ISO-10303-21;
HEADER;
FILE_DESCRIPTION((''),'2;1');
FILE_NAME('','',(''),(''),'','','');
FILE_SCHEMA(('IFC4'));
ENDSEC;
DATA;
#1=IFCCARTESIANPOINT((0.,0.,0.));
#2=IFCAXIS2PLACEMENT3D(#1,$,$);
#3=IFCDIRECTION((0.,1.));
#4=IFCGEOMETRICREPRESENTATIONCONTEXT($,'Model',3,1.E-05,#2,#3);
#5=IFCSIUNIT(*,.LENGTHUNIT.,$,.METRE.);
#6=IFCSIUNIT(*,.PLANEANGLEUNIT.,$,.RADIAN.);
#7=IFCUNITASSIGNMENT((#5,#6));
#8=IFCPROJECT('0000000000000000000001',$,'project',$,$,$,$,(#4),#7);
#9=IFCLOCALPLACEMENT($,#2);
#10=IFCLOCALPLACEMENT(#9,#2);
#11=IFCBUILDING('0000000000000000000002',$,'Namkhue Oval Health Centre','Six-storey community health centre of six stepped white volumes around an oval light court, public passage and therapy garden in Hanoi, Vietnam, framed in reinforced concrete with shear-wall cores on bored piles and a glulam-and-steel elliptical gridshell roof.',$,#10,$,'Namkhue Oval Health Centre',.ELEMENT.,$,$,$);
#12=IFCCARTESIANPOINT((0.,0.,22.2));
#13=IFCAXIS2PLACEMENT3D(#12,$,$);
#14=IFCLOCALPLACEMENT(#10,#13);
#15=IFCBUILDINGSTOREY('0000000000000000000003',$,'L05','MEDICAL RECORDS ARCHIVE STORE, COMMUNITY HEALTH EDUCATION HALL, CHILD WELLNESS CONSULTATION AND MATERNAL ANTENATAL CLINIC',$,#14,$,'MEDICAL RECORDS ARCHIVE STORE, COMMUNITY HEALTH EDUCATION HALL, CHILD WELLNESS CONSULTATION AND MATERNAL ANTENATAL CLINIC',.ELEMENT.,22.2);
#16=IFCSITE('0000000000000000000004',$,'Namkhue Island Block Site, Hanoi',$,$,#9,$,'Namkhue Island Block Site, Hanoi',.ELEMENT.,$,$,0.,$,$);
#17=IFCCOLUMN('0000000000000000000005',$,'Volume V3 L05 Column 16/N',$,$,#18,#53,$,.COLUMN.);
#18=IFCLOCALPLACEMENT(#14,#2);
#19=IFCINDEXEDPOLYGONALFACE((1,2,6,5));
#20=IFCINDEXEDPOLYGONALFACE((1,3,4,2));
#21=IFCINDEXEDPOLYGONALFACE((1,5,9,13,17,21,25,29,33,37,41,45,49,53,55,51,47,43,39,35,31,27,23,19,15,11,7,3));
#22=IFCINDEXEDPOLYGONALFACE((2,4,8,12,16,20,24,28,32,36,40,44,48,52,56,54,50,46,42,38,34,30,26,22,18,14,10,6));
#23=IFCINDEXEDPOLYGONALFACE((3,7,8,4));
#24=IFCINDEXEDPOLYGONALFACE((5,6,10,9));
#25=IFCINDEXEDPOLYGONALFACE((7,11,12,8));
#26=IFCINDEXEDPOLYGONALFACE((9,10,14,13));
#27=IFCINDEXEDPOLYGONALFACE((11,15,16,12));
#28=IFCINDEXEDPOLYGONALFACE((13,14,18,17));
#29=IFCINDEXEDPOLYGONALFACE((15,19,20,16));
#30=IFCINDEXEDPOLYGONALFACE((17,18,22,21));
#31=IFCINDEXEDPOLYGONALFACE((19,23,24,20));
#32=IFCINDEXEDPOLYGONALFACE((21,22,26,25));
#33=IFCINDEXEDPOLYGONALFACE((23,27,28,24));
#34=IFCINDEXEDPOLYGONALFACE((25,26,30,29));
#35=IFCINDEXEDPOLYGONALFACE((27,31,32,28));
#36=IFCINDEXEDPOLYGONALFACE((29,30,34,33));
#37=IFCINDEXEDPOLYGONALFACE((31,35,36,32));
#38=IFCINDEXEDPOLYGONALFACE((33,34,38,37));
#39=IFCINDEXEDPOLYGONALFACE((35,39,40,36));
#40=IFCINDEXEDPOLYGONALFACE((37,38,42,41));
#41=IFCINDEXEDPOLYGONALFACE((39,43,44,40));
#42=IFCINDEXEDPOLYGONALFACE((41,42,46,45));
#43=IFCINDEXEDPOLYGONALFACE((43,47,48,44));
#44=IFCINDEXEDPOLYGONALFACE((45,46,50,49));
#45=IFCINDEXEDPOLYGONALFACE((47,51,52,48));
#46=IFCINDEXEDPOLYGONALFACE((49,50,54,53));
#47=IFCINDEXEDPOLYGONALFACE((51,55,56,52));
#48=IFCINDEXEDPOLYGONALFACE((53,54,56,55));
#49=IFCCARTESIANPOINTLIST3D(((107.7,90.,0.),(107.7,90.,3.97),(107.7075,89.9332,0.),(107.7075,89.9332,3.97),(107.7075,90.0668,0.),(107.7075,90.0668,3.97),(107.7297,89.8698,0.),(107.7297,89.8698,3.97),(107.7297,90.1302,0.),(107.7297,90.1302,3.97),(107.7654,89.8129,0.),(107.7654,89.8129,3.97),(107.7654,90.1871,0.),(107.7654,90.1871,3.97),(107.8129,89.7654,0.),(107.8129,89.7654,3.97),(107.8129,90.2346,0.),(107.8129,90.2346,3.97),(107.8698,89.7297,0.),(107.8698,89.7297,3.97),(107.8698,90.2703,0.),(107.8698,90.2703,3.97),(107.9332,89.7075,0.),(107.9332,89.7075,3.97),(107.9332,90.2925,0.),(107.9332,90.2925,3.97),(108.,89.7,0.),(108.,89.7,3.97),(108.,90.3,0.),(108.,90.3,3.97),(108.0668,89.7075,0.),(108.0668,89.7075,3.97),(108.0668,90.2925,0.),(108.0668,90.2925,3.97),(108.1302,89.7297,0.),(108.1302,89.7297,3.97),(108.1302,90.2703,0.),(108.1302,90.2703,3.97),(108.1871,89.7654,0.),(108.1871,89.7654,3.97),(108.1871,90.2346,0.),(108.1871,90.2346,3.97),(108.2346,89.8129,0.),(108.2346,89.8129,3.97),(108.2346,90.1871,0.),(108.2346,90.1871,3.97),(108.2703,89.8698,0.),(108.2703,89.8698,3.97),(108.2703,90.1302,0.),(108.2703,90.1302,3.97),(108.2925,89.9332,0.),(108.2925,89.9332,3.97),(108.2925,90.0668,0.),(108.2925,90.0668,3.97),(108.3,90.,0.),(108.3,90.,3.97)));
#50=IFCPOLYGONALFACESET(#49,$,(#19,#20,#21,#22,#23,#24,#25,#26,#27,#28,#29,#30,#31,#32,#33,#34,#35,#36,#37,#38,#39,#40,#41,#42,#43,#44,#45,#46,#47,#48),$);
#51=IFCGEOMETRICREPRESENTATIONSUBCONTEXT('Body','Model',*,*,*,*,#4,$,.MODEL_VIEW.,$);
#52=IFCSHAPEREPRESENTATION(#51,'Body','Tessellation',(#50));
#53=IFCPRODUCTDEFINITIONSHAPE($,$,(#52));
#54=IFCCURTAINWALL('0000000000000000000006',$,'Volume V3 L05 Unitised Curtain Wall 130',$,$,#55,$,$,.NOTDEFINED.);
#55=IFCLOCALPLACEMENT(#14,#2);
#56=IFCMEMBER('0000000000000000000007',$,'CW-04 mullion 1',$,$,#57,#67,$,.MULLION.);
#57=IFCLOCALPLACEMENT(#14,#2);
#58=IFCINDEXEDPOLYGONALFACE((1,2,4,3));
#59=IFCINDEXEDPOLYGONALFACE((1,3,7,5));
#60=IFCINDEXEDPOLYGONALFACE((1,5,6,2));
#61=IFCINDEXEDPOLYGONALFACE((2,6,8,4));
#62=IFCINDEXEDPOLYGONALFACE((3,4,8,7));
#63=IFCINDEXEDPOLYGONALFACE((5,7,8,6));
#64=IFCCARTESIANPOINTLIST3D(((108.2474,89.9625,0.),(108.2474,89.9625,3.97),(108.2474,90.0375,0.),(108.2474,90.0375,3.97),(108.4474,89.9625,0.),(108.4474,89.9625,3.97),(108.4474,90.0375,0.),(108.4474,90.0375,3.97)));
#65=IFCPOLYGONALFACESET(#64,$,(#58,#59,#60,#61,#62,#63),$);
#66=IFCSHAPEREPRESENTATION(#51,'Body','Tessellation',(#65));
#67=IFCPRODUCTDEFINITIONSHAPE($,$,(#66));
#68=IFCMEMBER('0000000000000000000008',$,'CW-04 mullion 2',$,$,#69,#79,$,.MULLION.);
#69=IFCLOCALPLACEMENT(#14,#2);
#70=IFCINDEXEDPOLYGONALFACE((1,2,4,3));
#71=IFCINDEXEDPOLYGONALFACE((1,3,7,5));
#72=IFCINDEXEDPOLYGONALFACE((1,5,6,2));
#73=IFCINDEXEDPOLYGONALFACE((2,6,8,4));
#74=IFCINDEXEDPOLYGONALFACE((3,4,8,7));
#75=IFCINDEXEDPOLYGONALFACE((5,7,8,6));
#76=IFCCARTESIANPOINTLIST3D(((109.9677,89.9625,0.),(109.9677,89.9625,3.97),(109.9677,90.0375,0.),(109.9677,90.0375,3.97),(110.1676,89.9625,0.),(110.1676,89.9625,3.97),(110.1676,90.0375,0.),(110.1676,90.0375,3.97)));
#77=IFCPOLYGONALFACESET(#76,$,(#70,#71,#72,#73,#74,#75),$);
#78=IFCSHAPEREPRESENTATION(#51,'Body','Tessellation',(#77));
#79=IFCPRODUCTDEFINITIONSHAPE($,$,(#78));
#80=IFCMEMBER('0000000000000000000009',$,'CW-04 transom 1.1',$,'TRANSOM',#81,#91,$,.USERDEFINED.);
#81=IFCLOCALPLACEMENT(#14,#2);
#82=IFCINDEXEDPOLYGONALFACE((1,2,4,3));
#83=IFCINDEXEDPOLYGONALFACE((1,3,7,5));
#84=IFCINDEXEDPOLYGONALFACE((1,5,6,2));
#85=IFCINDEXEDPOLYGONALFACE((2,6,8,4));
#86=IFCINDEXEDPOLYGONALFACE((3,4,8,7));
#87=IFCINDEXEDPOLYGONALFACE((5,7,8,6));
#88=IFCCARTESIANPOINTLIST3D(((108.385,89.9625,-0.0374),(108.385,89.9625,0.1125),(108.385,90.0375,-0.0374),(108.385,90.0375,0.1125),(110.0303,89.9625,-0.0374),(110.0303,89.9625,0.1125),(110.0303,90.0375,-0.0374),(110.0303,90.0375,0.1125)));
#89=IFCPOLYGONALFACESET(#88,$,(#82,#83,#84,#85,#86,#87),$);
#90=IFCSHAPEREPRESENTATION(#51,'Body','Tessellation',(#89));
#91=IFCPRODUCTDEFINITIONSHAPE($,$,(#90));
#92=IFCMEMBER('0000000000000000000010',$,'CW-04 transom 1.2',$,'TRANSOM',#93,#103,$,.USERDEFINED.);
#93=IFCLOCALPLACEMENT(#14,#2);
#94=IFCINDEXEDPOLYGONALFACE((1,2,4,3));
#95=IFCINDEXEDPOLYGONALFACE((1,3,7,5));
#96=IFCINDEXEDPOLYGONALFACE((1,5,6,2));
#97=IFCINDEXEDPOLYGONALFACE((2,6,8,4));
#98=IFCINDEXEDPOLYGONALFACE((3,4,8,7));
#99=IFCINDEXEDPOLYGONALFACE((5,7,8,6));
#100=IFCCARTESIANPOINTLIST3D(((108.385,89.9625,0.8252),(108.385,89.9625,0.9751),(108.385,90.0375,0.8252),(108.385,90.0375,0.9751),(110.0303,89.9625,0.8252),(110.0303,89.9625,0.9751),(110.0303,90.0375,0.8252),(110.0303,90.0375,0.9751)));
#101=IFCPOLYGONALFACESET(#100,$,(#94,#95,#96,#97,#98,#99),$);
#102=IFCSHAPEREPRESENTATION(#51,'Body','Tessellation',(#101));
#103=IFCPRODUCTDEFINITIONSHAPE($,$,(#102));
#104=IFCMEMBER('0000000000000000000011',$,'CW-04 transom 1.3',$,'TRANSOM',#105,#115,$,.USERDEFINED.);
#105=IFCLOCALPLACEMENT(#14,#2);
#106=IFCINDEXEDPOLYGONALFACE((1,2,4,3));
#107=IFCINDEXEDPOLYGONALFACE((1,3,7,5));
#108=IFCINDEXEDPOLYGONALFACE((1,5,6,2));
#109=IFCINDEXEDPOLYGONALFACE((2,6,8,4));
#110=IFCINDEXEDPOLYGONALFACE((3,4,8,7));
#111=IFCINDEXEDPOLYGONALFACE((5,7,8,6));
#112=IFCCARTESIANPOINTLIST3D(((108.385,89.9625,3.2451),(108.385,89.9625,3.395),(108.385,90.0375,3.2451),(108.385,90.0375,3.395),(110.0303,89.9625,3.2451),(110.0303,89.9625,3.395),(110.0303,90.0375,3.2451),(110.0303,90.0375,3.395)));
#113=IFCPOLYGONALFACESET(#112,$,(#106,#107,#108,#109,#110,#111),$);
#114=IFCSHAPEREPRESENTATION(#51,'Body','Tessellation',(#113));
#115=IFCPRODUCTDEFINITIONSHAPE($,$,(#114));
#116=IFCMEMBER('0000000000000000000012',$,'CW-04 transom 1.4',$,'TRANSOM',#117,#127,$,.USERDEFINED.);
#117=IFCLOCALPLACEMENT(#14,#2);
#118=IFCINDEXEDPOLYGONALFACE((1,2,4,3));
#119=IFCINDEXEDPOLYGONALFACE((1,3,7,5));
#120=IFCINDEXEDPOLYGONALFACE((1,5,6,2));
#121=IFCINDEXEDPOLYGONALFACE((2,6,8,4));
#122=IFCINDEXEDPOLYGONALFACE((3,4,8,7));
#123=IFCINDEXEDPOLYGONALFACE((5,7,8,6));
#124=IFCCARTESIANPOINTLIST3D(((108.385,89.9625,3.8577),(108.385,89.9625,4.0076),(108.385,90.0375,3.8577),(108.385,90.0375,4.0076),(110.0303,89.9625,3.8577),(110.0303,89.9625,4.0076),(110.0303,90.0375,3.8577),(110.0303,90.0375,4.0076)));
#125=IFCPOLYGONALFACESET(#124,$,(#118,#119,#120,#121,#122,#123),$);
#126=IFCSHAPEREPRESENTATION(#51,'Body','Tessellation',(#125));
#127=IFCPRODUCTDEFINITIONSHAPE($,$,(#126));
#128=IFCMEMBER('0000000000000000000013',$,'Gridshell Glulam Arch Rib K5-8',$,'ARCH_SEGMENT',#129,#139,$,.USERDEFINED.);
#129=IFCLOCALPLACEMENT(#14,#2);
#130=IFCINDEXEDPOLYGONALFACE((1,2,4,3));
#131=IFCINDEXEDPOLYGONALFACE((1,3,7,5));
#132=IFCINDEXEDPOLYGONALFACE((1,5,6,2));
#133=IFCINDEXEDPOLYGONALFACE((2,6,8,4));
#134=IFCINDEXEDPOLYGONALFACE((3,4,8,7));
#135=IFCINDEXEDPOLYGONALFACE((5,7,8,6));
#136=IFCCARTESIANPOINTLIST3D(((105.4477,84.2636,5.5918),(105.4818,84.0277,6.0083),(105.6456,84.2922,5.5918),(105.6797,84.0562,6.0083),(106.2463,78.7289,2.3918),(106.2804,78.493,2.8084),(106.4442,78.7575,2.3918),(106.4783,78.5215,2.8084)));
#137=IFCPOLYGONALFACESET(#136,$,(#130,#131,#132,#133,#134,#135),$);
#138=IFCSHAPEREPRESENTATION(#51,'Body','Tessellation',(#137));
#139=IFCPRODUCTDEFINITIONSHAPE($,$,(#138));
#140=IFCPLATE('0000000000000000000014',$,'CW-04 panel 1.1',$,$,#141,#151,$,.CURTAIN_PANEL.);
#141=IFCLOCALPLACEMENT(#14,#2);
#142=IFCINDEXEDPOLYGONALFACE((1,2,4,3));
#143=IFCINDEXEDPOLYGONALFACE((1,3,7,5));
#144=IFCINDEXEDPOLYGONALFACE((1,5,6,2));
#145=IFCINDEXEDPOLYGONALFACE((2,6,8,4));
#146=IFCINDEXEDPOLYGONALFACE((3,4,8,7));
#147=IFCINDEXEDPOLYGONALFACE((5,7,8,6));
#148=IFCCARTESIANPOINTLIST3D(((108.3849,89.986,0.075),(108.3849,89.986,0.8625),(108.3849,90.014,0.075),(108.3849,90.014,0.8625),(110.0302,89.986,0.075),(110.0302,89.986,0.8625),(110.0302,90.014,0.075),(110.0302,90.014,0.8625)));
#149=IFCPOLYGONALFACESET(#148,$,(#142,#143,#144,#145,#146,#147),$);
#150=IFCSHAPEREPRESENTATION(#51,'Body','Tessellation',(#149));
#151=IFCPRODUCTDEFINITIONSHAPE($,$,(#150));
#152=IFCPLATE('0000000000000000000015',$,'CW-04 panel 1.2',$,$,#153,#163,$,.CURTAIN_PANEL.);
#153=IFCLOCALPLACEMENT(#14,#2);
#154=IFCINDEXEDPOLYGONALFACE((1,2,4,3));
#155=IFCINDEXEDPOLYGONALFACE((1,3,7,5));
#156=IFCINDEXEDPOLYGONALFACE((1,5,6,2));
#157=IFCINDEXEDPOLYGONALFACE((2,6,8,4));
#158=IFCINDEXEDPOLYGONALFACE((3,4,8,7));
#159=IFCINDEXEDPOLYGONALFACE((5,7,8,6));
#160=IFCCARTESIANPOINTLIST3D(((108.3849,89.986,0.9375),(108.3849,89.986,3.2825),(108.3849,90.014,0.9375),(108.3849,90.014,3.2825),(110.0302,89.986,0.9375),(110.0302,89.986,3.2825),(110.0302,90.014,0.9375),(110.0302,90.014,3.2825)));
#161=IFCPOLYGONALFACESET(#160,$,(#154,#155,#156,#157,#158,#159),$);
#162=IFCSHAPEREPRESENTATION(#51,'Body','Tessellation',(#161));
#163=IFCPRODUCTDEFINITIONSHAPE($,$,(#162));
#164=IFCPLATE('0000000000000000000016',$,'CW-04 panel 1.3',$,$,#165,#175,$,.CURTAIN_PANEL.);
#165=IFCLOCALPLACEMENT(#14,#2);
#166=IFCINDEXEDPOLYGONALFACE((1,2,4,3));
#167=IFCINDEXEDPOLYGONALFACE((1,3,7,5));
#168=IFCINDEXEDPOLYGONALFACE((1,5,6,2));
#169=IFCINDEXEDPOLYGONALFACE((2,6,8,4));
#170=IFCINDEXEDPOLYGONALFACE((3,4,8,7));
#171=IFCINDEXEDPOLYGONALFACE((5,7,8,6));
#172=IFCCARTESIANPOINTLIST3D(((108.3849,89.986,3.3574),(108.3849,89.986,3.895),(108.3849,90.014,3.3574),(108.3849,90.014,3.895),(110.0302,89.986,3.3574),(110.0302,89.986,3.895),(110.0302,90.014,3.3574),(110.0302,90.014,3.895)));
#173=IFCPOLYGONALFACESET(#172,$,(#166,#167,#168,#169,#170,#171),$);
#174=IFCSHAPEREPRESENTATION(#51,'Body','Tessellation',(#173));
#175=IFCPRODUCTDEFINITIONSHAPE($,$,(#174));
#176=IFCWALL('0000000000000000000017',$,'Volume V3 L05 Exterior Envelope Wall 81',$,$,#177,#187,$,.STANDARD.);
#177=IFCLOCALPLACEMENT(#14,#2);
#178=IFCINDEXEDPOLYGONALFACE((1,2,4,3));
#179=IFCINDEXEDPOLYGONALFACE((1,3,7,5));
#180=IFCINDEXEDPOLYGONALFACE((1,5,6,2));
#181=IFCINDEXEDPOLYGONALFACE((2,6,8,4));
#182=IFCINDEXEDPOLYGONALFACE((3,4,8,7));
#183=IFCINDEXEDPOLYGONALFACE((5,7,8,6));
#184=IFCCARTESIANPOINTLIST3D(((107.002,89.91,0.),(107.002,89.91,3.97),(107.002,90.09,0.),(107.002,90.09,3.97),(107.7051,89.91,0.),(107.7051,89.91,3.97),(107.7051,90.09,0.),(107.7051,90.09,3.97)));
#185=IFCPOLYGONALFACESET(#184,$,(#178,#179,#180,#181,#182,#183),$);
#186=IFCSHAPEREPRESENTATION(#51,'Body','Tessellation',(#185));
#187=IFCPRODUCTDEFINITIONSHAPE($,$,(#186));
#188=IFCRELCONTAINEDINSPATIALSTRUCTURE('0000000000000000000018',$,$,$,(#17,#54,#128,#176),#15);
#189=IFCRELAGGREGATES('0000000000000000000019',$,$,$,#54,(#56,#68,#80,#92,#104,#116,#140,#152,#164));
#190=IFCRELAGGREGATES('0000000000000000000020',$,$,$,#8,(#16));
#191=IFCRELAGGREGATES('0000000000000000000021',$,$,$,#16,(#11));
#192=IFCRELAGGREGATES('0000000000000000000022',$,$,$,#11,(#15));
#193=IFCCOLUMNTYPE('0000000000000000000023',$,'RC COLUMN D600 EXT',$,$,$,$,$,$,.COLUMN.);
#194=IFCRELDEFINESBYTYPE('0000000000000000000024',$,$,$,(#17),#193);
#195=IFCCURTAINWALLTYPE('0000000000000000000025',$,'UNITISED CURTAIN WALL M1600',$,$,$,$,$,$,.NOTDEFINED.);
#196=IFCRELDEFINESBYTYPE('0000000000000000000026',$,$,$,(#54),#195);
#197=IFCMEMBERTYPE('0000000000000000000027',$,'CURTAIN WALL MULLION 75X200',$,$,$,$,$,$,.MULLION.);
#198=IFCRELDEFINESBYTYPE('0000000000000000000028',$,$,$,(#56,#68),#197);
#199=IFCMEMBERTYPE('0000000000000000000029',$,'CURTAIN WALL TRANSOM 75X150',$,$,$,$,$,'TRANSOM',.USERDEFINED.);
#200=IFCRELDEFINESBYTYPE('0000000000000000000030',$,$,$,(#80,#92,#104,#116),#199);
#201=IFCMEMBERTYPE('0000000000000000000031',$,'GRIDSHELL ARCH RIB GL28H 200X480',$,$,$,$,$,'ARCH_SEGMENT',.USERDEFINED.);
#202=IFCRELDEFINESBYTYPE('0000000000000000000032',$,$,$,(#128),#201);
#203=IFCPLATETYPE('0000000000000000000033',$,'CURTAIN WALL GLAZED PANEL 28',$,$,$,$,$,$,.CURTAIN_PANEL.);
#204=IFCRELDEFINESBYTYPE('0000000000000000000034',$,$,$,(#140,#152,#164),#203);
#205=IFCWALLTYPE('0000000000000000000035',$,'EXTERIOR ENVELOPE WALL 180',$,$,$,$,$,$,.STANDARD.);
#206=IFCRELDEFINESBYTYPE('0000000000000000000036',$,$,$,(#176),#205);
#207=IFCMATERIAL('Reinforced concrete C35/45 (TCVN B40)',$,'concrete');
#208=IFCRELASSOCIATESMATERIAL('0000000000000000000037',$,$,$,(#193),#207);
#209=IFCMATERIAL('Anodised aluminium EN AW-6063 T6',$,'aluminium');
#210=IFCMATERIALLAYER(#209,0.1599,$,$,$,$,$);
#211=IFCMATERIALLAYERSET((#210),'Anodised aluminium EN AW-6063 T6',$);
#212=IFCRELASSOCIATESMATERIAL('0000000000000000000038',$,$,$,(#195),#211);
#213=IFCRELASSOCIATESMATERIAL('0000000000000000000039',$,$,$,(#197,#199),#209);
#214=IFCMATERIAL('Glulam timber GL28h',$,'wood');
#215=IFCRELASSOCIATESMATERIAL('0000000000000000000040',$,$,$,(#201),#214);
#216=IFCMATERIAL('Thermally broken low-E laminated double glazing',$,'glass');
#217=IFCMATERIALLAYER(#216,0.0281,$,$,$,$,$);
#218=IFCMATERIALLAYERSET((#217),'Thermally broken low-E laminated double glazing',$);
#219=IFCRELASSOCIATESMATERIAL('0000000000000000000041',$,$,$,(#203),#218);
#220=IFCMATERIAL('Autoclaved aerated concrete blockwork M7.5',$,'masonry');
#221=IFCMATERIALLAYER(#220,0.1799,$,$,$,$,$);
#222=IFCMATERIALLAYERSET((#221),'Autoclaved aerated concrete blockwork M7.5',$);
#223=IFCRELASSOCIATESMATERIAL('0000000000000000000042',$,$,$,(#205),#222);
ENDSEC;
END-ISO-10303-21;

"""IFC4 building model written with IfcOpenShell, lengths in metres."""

from ifc_helpers import new_model, si_unit, direction, frame, frame_2d, origin, origin_2d, place, context, subcontext, project, spatial, rectangle, circle, extrude, material, layer, layer_set, material_profile, profile_set, type_object, element, aggregate, save


model = new_model("IFC4")

# Units and contexts
model_context = context("Model", 3, precision=1e-05, world=origin(), true_north=direction((0.0, 1.0)))
body_context = subcontext(model_context, "Body", "Model", "MODEL_VIEW")
ifc_project = project(units=[si_unit("LENGTHUNIT", "METRE"), si_unit("PLANEANGLEUNIT", "RADIAN")], contexts=[model_context])

# Site, building, storey
site_placement = place(None, origin())
site = spatial("IfcSite", under=ifc_project, at=site_placement, Name="Namkhue Island Block Site, Hanoi", LongName="Namkhue Island Block Site, Hanoi", CompositionType="ELEMENT", RefElevation=0.0)
building_placement = place(site_placement, origin())
building = spatial("IfcBuilding", under=site, at=building_placement, Name="Namkhue Oval Health Centre", Description="Six-storey community health centre of six stepped white volumes around an oval light court, public passage and therapy garden in Hanoi, Vietnam, framed in reinforced concrete with shear-wall cores on bored piles and a glulam-and-steel elliptical gridshell roof.", LongName="Namkhue Oval Health Centre", CompositionType="ELEMENT")
storey_placement = place(building_placement, frame((0.0, 0.0, 22.2)))
storey = spatial("IfcBuildingStorey", under=building, at=storey_placement, Name="L05", Description="MEDICAL RECORDS ARCHIVE STORE, COMMUNITY HEALTH EDUCATION HALL, CHILD WELLNESS CONSULTATION AND MATERNAL ANTENATAL CLINIC", LongName="MEDICAL RECORDS ARCHIVE STORE, COMMUNITY HEALTH EDUCATION HALL, CHILD WELLNESS CONSULTATION AND MATERNAL ANTENATAL CLINIC", CompositionType="ELEMENT", Elevation=22.2)

# Column
ifc_material_1 = material(Name="Reinforced concrete C35/45 (TCVN B40)", Category="concrete")
ifc_material_profile_1 = material_profile(ifc_material_1, circle(Radius=0.3, at=origin_2d()), Name="RC D600")
ifc_profile_set_1 = profile_set([ifc_material_profile_1], Name="Reinforced concrete C35/45 (TCVN B40)")
column_type = type_object("IfcColumnType", Name="RC COLUMN D600 EXT", PredefinedType="COLUMN", material=ifc_profile_set_1)
column_placement = place(storey_placement, frame((108.0, 90.0, 0.0), z_axis=(0.0, 0.0, 1.0), x_axis=(1.0, 0.0, 0.0)))
element("IfcColumn", 1, at=column_placement, inside=storey, type_object=column_type, Name="Volume V3 L05 Column 16/N", PredefinedType="COLUMN", context=body_context, shape_type="SweptSolid", body=[
    extrude(circle(Radius=0.3, at=origin_2d()), origin(), (0.0, 0.0, 1.0), 3.97),
])

# Curtain wall, members
ifc_material_2 = material(Name="Anodised aluminium EN AW-6063 T6", Category="aluminium")
ifc_layer_1 = layer(ifc_material_2, 0.1599)
ifc_layer_set_1 = layer_set([ifc_layer_1], Name="Anodised aluminium EN AW-6063 T6")
curtain_wall_type = type_object("IfcCurtainWallType", Name="UNITISED CURTAIN WALL M1600", PredefinedType="NOTDEFINED", material=ifc_layer_set_1)
curtain_wall_placement = place(storey_placement, origin())
curtain_wall = element("IfcCurtainWall", 2, at=curtain_wall_placement, inside=storey, type_object=curtain_wall_type, Name="Volume V3 L05 Unitised Curtain Wall 130", PredefinedType="NOTDEFINED")
ifc_material_profile_2 = material_profile(ifc_material_2, rectangle(XDim=0.075, YDim=0.2, at=origin_2d()), Name="ALU 75x200")
ifc_profile_set_2 = profile_set([ifc_material_profile_2], Name="Anodised aluminium EN AW-6063 T6")
member_type_1 = type_object("IfcMemberType", Name="CURTAIN WALL MULLION 75X200", PredefinedType="MULLION", material=ifc_profile_set_2)
member_1_placement = place(storey_placement, frame((108.3474, 90.0, 0.0), z_axis=(0.0, 0.0, 1.0), x_axis=(0.0, 1.0, 0.0)))
member_1 = element("IfcMember", 3, at=member_1_placement, type_object=member_type_1, Name="CW-04 mullion 1", PredefinedType="MULLION", context=body_context, shape_type="SweptSolid", body=[
    extrude(rectangle(XDim=0.075, YDim=0.2, at=origin_2d()), origin(), (0.0, 0.0, 1.0), 3.97),
])
member_2_placement = place(storey_placement, frame((110.0676, 90.0, 0.0), z_axis=(0.0, 0.0, 1.0), x_axis=(0.0, 1.0, 0.0)))
member_2 = element("IfcMember", 4, at=member_2_placement, type_object=member_type_1, Name="CW-04 mullion 2", PredefinedType="MULLION", context=body_context, shape_type="SweptSolid", body=[
    extrude(rectangle(XDim=0.075, YDim=0.2, at=origin_2d()), origin(), (0.0, 0.0, 1.0), 3.97),
])
ifc_material_profile_3 = material_profile(ifc_material_2, rectangle(XDim=0.075, YDim=0.1499, at=origin_2d()), Name="ALU 75x150")
ifc_profile_set_3 = profile_set([ifc_material_profile_3], Name="Anodised aluminium EN AW-6063 T6")
member_type_2 = type_object("IfcMemberType", Name="CURTAIN WALL TRANSOM 75X150", ElementType="TRANSOM", PredefinedType="USERDEFINED", material=ifc_profile_set_3)
member_3_placement = place(storey_placement, frame((108.385, 90.0, 0.0376), z_axis=(1.0, 0.0, 0.0), x_axis=(0.0, 1.0, 0.0)))
member_3 = element("IfcMember", 5, at=member_3_placement, type_object=member_type_2, Name="CW-04 transom 1.1", ObjectType="TRANSOM", PredefinedType="USERDEFINED", context=body_context, shape_type="SweptSolid", body=[
    extrude(rectangle(XDim=0.075, YDim=0.1499, at=origin_2d()), origin(), (0.0, 0.0, 1.0), 1.6453),
])
member_4_placement = place(storey_placement, frame((108.385, 90.0, 0.9001), z_axis=(1.0, 0.0, 0.0), x_axis=(0.0, 1.0, 0.0)))
member_4 = element("IfcMember", 6, at=member_4_placement, type_object=member_type_2, Name="CW-04 transom 1.2", ObjectType="TRANSOM", PredefinedType="USERDEFINED", context=body_context, shape_type="SweptSolid", body=[
    extrude(rectangle(XDim=0.075, YDim=0.1499, at=origin_2d()), origin(), (0.0, 0.0, 1.0), 1.6453),
])
member_5_placement = place(storey_placement, frame((108.385, 90.0, 3.3201), z_axis=(1.0, 0.0, 0.0), x_axis=(0.0, 1.0, 0.0)))
member_5 = element("IfcMember", 7, at=member_5_placement, type_object=member_type_2, Name="CW-04 transom 1.3", ObjectType="TRANSOM", PredefinedType="USERDEFINED", context=body_context, shape_type="SweptSolid", body=[
    extrude(rectangle(XDim=0.075, YDim=0.1499, at=origin_2d()), origin(), (0.0, 0.0, 1.0), 1.6453),
])
member_6_placement = place(storey_placement, frame((108.385, 90.0, 3.9326), z_axis=(1.0, 0.0, 0.0), x_axis=(0.0, 1.0, 0.0)))
member_6 = element("IfcMember", 8, at=member_6_placement, type_object=member_type_2, Name="CW-04 transom 1.4", ObjectType="TRANSOM", PredefinedType="USERDEFINED", context=body_context, shape_type="SweptSolid", body=[
    extrude(rectangle(XDim=0.075, YDim=0.1499, at=origin_2d()), origin(), (0.0, 0.0, 1.0), 1.6453),
])

# Member
ifc_material_3 = material(Name="Glulam timber GL28h", Category="wood")
ifc_material_profile_4 = material_profile(ifc_material_3, rectangle(XDim=0.2, YDim=0.48, at=origin_2d()), Name="GL28h 200x480")
ifc_profile_set_4 = profile_set([ifc_material_profile_4], Name="Glulam timber GL28h")
member_type_3 = type_object("IfcMemberType", Name="GRIDSHELL ARCH RIB GL28H 200X480", ElementType="ARCH_SEGMENT", PredefinedType="USERDEFINED", material=ifc_profile_set_4)
member_7_placement = place(storey_placement, frame((105.5637, 84.1599, 5.8), z_axis=(0.123949, -0.859044, -0.496669), x_axis=(0.98975, 0.142809, 0.0)))
element("IfcMember", 9, at=member_7_placement, inside=storey, type_object=member_type_3, Name="Gridshell Glulam Arch Rib K5-8", ObjectType="ARCH_SEGMENT", PredefinedType="USERDEFINED", context=body_context, shape_type="SweptSolid", body=[
    extrude(rectangle(XDim=0.2, YDim=0.48, at=origin_2d()), origin(), (0.0, 0.0, 1.0), 6.4429),
])

# Plates
ifc_material_4 = material(Name="Thermally broken low-E laminated double glazing", Category="glass")
ifc_layer_2 = layer(ifc_material_4, 0.0281)
ifc_layer_set_2 = layer_set([ifc_layer_2], Name="Thermally broken low-E laminated double glazing")
plate_type = type_object("IfcPlateType", Name="CURTAIN WALL GLAZED PANEL 28", PredefinedType="CURTAIN_PANEL", material=ifc_layer_set_2)
plate_1_placement = place(storey_placement, frame((109.2075, 90.0, 0.075), z_axis=(0.0, 0.0, 1.0), x_axis=(1.0, 0.0, 0.0)))
plate_1 = element("IfcPlate", 10, at=plate_1_placement, type_object=plate_type, Name="CW-04 panel 1.1", PredefinedType="CURTAIN_PANEL", context=body_context, shape_type="SweptSolid", body=[
    extrude(rectangle(XDim=1.6453, YDim=0.0281, at=origin_2d()), origin(), (0.0, 0.0, 1.0), 0.7876),
])
plate_2_placement = place(storey_placement, frame((109.2075, 90.0, 0.9375), z_axis=(0.0, 0.0, 1.0), x_axis=(1.0, 0.0, 0.0)))
plate_2 = element("IfcPlate", 11, at=plate_2_placement, type_object=plate_type, Name="CW-04 panel 1.2", PredefinedType="CURTAIN_PANEL", context=body_context, shape_type="SweptSolid", body=[
    extrude(rectangle(XDim=1.6453, YDim=0.0281, at=origin_2d()), origin(), (0.0, 0.0, 1.0), 2.345),
])
plate_3_placement = place(storey_placement, frame((109.2075, 90.0, 3.3574), z_axis=(0.0, 0.0, 1.0), x_axis=(1.0, 0.0, 0.0)))
plate_3 = element("IfcPlate", 12, at=plate_3_placement, type_object=plate_type, Name="CW-04 panel 1.3", PredefinedType="CURTAIN_PANEL", context=body_context, shape_type="SweptSolid", body=[
    extrude(rectangle(XDim=1.6453, YDim=0.0281, at=origin_2d()), origin(), (0.0, 0.0, 1.0), 0.5376),
])
aggregate(curtain_wall, [member_1, member_2, member_3, member_4, member_5, member_6, plate_1, plate_2, plate_3])

# Wall
ifc_material_5 = material(Name="Autoclaved aerated concrete blockwork M7.5", Category="masonry")
ifc_layer_3 = layer(ifc_material_5, 0.1799)
ifc_layer_set_3 = layer_set([ifc_layer_3], Name="Autoclaved aerated concrete blockwork M7.5")
wall_type = type_object("IfcWallType", Name="EXTERIOR ENVELOPE WALL 180", PredefinedType="STANDARD", material=ifc_layer_set_3)
wall_placement = place(storey_placement, frame((107.002, 90.0, 0.0), z_axis=(0.0, 0.0, 1.0), x_axis=(1.0, 0.0, 0.0)))
element("IfcWall", 13, at=wall_placement, inside=storey, type_object=wall_type, Name="Volume V3 L05 Exterior Envelope Wall 81", PredefinedType="STANDARD", context=body_context, shape_type="SweptSolid", body=[
    extrude(rectangle(XDim=0.7031, YDim=0.1799, at=frame_2d((0.3516, 0.0))), origin(), (0.0, 0.0, 1.0), 3.97),
])

save(model, "model.ifc")
